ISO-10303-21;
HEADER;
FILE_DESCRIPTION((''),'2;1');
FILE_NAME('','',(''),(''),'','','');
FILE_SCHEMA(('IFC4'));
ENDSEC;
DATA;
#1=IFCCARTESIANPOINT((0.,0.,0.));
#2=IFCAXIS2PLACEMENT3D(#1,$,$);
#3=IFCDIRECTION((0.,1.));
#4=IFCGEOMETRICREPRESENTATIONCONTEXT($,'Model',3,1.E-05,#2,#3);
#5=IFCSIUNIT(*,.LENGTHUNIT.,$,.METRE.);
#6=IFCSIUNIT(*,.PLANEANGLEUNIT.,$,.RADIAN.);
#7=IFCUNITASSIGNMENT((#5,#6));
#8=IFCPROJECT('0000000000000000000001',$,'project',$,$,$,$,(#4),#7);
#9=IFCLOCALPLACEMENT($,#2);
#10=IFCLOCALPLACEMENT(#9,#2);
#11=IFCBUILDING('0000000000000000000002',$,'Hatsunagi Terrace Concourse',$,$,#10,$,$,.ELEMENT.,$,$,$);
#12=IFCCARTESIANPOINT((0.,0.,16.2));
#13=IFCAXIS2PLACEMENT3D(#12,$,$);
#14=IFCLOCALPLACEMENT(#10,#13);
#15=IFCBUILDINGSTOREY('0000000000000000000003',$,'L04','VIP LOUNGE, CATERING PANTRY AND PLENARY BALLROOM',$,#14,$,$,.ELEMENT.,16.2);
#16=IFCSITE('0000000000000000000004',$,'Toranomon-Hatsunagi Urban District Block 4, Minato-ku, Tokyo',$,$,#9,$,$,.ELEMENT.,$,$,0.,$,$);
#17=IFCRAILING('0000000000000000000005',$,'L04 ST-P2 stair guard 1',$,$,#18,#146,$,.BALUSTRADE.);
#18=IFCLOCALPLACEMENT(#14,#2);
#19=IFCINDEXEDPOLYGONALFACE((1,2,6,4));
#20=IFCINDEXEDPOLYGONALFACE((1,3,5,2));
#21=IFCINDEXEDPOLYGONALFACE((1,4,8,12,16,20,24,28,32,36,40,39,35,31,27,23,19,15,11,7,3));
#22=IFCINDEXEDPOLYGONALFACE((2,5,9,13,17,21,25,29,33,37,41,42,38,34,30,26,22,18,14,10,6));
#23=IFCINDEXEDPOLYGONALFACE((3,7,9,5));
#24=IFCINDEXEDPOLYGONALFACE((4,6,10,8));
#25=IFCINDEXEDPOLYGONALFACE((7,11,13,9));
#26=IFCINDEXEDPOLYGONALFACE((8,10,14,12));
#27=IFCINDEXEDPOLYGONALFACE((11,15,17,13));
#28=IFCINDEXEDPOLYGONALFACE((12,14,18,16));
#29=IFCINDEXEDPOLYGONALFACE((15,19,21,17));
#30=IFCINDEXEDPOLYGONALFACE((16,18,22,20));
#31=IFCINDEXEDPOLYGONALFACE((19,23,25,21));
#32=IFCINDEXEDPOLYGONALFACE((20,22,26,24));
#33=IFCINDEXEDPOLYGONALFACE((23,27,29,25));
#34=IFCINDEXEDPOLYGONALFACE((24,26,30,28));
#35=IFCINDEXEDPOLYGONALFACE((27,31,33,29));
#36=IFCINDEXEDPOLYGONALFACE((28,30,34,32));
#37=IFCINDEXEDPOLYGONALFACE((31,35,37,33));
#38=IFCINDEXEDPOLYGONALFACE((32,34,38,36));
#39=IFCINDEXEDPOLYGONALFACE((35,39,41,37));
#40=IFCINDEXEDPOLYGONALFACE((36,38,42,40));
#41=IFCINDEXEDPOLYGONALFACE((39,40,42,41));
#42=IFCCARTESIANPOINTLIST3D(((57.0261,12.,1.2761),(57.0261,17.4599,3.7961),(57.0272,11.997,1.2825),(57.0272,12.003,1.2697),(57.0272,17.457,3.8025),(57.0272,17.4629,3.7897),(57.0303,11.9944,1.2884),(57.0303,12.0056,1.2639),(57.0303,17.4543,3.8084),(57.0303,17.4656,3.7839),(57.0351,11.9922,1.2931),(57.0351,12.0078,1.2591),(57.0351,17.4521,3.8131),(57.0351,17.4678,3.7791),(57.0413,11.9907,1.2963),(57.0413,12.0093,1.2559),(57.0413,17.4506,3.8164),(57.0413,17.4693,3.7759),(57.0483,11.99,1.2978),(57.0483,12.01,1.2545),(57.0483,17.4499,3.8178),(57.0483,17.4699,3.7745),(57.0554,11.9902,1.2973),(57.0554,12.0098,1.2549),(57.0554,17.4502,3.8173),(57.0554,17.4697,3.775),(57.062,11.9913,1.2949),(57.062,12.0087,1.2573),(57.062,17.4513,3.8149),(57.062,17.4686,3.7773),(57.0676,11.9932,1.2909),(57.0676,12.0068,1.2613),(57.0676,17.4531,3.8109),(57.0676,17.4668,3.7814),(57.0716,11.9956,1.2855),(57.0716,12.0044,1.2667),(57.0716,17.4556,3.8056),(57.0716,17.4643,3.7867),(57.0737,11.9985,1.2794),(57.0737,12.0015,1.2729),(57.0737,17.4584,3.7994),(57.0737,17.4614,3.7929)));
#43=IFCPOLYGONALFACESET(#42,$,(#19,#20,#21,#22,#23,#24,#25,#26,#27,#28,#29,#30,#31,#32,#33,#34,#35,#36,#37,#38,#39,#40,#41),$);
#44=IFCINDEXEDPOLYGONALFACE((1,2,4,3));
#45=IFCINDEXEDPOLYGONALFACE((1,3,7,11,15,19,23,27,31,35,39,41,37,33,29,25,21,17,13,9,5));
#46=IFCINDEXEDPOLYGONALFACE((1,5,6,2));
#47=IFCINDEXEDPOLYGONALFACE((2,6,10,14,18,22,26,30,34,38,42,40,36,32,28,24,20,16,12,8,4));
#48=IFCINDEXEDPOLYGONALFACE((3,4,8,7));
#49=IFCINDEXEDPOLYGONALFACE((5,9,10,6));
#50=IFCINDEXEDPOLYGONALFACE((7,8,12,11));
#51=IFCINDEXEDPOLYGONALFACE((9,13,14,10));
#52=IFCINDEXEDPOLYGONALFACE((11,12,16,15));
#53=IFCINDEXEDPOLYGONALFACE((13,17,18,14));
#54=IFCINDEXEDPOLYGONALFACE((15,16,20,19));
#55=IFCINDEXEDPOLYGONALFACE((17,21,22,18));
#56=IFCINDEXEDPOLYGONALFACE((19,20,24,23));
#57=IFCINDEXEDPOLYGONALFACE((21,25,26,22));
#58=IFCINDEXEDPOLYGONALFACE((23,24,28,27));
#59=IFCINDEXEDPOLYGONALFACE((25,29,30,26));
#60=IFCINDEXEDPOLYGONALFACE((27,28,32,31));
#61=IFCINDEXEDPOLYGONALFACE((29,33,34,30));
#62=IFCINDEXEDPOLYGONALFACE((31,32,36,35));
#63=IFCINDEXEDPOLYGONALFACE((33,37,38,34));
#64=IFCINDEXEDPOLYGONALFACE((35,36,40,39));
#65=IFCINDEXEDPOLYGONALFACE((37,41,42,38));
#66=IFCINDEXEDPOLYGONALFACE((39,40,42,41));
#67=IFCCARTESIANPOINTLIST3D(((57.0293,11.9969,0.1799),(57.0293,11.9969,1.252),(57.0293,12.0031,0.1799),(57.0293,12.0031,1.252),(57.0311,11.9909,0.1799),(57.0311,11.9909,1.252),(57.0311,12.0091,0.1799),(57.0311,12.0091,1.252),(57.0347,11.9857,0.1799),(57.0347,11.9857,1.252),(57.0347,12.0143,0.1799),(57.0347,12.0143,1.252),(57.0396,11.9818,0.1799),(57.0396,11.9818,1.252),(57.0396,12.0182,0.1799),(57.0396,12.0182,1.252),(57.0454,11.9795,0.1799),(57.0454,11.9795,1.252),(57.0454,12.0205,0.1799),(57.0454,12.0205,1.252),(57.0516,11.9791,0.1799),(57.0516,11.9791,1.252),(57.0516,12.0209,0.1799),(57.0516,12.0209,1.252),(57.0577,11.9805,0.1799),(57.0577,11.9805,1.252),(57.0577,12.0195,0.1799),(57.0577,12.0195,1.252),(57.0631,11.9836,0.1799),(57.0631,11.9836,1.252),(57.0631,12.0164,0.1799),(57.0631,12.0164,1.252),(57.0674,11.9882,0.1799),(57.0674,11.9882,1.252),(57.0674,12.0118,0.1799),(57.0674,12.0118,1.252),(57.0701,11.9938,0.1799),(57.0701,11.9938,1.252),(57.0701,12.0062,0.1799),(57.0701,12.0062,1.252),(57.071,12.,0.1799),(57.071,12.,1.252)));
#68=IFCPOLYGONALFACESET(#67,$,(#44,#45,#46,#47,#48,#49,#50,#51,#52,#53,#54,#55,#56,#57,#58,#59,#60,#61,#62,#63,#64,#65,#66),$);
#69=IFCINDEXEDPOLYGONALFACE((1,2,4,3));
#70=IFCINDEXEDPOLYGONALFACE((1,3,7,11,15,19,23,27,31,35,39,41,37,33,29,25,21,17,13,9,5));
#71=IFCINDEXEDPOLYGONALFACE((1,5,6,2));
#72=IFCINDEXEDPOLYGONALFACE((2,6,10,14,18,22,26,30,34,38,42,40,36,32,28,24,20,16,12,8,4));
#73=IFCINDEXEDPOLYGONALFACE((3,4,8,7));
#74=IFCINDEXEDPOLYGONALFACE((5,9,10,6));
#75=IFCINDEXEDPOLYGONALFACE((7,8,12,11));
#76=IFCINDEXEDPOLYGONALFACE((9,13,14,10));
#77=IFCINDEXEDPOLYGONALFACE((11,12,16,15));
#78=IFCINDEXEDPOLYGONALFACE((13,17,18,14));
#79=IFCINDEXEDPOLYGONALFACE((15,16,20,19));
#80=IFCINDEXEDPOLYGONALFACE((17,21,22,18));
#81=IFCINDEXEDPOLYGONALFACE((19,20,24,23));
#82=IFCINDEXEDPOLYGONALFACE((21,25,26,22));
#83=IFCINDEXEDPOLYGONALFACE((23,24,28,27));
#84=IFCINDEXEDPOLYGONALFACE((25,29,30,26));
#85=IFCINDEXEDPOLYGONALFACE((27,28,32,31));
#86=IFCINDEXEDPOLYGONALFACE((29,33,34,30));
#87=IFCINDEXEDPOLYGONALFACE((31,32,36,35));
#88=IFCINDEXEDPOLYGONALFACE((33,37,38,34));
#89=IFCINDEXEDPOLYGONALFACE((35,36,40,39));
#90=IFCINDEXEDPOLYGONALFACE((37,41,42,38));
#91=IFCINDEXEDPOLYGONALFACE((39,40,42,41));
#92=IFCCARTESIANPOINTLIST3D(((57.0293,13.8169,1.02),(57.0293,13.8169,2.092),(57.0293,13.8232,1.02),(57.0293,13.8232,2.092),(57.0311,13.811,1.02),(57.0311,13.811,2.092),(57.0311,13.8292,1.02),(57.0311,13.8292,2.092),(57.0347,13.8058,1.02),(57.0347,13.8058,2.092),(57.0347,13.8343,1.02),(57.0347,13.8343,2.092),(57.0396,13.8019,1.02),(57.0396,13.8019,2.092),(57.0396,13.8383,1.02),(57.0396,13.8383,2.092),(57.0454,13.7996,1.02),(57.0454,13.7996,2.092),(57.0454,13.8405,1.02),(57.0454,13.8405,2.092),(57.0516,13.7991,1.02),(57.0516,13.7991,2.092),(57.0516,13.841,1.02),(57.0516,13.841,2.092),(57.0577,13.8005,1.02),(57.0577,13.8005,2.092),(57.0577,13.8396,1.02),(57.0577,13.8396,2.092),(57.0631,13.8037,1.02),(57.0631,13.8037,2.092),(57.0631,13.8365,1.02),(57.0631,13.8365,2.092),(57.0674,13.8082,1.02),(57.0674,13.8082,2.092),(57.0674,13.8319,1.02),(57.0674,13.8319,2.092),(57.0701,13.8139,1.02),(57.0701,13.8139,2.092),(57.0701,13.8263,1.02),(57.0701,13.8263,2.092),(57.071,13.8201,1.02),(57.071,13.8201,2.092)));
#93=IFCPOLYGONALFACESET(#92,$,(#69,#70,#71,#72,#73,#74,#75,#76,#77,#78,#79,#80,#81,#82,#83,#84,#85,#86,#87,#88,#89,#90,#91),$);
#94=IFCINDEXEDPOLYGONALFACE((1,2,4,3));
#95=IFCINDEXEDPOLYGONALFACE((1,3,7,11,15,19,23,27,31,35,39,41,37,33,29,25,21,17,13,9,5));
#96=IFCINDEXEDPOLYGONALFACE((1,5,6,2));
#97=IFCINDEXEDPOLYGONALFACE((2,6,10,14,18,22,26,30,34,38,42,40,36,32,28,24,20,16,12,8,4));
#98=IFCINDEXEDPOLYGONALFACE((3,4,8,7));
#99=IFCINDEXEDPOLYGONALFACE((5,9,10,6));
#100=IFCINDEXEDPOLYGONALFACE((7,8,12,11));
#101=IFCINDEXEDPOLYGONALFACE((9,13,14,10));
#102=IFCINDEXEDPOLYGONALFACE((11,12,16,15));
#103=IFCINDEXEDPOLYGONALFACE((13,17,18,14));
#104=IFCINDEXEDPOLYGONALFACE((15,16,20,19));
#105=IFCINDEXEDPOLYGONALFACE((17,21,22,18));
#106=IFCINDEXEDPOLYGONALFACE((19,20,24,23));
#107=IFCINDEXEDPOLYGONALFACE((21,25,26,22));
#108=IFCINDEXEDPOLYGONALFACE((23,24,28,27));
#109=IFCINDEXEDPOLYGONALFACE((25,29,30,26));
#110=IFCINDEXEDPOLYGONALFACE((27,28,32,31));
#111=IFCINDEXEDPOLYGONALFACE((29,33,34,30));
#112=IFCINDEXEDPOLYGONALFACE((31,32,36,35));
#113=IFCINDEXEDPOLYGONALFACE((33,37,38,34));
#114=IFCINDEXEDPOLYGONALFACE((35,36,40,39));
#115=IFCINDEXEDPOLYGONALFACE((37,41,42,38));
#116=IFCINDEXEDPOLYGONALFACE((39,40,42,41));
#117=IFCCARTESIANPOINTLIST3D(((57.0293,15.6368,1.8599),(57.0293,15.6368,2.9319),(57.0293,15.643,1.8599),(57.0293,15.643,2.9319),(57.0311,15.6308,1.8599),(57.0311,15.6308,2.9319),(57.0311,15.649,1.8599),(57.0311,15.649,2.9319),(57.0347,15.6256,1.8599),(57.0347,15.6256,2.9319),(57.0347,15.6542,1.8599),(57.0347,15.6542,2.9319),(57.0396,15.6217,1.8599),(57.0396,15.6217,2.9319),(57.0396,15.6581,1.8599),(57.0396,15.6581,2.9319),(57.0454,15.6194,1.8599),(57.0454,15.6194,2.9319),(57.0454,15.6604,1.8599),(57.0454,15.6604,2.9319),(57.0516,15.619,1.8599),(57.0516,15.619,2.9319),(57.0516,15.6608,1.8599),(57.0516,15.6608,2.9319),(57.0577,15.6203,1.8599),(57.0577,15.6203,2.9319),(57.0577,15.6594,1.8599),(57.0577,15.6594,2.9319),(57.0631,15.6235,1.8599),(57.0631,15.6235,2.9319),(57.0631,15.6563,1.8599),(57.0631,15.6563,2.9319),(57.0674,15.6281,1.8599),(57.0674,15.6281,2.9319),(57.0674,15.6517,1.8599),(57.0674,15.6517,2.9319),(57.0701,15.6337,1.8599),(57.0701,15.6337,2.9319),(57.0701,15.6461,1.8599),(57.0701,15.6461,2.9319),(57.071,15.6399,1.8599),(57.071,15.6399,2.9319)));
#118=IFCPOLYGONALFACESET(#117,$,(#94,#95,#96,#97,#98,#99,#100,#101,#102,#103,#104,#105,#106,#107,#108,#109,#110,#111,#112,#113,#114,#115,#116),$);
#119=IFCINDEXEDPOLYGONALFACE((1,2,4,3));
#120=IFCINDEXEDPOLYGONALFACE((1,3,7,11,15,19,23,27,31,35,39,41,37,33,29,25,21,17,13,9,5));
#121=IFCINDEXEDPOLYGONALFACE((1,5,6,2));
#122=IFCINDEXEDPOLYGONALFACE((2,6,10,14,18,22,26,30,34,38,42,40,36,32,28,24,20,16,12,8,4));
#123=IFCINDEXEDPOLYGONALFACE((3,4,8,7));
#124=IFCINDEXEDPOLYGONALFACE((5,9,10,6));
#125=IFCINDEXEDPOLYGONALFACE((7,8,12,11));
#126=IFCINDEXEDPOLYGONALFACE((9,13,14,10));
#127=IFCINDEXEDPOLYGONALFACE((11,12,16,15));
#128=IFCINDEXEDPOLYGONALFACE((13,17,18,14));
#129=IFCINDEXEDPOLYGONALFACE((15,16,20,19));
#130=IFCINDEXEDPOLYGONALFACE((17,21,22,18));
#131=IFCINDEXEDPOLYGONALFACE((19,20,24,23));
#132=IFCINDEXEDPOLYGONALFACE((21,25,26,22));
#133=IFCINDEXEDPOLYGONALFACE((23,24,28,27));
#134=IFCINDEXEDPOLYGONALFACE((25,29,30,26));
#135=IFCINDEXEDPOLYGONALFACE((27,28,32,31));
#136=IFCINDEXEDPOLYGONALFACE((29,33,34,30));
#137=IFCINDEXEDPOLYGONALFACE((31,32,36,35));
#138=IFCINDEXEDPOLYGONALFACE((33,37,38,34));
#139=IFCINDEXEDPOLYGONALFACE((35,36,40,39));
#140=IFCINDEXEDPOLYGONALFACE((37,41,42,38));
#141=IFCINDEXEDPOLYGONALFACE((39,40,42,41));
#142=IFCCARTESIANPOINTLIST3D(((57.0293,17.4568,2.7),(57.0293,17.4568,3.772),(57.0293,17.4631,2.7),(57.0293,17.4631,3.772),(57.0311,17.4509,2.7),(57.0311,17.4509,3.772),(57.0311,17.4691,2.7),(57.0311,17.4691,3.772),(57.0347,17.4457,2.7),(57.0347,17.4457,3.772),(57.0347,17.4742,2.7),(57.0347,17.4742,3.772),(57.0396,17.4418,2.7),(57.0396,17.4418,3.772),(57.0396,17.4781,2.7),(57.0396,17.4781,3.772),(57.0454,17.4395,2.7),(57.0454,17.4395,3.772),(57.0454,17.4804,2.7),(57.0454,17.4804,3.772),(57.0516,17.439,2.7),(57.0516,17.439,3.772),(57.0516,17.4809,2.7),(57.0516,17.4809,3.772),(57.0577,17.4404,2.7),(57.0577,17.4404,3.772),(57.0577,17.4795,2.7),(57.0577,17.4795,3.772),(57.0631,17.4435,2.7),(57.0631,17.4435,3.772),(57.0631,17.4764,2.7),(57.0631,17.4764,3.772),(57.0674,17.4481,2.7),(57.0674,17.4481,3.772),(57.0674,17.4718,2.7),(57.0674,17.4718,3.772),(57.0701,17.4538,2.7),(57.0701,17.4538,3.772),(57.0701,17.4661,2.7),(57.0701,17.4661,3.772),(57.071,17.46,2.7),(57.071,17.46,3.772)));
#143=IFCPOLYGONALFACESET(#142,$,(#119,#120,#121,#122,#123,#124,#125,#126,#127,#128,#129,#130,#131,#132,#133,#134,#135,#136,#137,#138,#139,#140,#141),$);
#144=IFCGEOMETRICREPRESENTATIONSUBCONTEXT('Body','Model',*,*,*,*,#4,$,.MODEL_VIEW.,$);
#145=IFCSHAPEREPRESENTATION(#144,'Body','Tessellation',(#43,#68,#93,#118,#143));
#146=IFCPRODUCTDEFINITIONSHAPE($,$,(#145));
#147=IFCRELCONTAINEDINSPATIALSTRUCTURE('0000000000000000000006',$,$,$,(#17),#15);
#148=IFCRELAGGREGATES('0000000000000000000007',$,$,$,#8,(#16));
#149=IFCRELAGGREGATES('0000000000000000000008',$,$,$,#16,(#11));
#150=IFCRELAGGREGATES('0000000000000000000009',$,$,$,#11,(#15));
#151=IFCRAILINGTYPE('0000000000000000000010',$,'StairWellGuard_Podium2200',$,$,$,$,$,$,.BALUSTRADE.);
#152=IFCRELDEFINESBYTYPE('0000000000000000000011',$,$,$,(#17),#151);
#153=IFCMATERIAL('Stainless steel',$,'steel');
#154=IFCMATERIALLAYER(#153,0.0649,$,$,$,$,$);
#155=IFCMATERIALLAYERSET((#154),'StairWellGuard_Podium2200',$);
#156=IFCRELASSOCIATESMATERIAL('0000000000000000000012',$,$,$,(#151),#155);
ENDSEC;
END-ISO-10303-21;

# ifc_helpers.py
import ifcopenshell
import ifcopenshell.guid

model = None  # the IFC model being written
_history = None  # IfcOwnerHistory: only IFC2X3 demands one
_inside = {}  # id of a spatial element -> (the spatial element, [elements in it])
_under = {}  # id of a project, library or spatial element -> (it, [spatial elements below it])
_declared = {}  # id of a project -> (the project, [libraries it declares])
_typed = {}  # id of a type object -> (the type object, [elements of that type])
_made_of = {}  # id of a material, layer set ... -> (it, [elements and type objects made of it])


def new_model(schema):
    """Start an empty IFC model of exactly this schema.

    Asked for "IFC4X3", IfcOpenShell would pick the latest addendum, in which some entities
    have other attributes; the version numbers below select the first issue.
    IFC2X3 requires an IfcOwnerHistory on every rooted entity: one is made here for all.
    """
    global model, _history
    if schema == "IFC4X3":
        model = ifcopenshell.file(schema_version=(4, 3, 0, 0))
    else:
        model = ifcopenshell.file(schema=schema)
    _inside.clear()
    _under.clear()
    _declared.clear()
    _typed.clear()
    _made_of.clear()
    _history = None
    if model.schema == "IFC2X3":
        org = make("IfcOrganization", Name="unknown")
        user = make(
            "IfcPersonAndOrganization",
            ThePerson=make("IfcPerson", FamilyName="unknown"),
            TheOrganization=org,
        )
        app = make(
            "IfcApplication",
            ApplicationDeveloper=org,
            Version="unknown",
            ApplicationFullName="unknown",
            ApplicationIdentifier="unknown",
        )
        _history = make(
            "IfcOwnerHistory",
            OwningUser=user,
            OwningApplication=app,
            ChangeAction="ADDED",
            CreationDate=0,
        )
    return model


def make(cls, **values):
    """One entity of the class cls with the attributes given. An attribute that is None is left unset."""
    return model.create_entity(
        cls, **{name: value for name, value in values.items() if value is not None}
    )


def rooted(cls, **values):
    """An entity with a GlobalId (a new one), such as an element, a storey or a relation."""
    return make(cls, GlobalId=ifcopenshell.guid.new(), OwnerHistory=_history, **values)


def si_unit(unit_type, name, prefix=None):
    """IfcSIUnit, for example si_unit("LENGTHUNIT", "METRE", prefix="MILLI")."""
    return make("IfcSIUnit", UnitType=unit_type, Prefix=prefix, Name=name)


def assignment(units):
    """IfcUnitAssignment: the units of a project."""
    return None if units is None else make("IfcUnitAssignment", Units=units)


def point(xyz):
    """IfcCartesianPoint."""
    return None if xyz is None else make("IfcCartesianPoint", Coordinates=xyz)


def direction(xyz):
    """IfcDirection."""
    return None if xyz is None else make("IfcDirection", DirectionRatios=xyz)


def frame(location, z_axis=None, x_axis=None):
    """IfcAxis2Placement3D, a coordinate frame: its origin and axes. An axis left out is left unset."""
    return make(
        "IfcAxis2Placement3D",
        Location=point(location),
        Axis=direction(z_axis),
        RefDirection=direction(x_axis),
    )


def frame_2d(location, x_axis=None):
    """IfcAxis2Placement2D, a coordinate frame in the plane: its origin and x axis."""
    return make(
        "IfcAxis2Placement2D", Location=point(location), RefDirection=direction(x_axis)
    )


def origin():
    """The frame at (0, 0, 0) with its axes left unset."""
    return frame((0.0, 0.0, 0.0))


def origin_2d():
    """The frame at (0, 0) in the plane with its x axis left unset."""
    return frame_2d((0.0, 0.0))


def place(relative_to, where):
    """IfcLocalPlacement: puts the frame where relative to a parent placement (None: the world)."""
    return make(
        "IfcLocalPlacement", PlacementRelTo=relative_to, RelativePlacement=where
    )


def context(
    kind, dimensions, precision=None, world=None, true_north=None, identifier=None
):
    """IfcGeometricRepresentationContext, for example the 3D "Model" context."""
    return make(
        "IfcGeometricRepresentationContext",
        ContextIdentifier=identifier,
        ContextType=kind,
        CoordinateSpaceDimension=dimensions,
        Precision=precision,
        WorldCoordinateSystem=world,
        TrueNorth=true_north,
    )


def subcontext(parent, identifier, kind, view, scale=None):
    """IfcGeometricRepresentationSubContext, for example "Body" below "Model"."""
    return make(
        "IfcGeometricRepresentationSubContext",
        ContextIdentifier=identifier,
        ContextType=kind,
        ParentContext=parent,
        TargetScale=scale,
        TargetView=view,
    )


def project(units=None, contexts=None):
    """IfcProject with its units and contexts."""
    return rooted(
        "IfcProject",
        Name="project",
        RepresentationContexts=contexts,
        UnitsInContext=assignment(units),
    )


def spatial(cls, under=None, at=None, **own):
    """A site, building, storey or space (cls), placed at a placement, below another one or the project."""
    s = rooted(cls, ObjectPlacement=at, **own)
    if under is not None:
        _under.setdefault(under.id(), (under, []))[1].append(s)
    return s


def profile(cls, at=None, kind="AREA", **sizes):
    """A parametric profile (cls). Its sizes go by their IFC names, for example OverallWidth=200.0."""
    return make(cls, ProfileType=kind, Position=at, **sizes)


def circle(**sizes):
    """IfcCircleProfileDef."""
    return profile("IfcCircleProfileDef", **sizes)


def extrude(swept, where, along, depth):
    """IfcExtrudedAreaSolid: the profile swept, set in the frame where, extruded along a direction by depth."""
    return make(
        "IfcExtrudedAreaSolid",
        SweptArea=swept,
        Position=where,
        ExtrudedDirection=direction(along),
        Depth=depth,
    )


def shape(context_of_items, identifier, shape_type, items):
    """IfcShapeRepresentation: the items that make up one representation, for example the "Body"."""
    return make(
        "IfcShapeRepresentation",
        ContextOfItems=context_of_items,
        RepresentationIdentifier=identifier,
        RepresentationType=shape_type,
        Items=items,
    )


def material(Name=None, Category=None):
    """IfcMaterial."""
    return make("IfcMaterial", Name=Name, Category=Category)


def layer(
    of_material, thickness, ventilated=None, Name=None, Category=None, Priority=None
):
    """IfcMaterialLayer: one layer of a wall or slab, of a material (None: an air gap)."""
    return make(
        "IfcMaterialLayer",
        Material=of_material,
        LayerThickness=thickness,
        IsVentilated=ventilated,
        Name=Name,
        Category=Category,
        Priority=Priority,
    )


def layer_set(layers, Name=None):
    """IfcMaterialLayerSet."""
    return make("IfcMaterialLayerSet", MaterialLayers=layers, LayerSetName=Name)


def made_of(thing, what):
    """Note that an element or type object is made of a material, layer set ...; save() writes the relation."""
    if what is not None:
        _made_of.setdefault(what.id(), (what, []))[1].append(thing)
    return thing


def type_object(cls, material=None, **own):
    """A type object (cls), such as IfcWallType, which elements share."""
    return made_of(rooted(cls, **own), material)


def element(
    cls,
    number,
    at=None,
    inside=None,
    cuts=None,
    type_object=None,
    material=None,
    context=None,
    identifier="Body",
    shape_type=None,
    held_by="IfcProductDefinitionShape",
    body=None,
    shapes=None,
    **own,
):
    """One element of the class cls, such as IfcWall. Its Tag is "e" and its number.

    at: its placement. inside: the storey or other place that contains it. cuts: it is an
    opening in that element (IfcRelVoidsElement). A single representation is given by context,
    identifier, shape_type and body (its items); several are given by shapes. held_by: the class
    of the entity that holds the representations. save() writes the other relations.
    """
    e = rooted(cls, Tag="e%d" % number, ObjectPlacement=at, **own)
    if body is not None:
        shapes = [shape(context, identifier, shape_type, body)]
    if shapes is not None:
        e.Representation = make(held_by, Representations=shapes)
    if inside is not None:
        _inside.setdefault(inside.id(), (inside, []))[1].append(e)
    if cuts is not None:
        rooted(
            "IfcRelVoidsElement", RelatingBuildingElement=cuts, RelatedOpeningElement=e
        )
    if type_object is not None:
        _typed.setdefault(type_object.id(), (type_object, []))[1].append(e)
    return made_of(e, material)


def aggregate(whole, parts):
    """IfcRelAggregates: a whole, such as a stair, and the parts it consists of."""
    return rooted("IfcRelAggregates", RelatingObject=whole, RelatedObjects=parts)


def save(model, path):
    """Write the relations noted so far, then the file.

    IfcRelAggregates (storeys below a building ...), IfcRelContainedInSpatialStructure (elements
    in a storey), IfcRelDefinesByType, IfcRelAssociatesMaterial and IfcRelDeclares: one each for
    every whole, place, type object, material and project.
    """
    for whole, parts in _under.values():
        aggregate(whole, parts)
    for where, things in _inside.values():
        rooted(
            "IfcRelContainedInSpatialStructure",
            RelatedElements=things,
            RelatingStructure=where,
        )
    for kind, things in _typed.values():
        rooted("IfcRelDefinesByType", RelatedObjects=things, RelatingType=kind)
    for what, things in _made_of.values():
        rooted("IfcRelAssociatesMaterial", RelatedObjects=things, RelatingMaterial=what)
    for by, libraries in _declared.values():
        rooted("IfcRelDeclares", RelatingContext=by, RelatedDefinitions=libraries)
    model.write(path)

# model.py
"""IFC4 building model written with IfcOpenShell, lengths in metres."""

from ifc_helpers import new_model, si_unit, direction, frame, origin, origin_2d, place, context, subcontext, project, spatial, circle, extrude, material, layer, layer_set, type_object, element, save


model = new_model("IFC4")

# Units and contexts
model_context = context("Model", 3, precision=1e-05, world=origin(), true_north=direction((0.0, 1.0)))
body_context = subcontext(model_context, "Body", "Model", "MODEL_VIEW")
ifc_project = project(units=[si_unit("LENGTHUNIT", "METRE"), si_unit("PLANEANGLEUNIT", "RADIAN")], contexts=[model_context])

# Site, building, storey
site_placement = place(None, origin())
site = spatial("IfcSite", under=ifc_project, at=site_placement, Name="Toranomon-Hatsunagi Urban District Block 4, Minato-ku, Tokyo", CompositionType="ELEMENT", RefElevation=0.0)
building_placement = place(site_placement, origin())
building = spatial("IfcBuilding", under=site, at=building_placement, Name="Hatsunagi Terrace Concourse", CompositionType="ELEMENT")
storey_placement = place(building_placement, frame((0.0, 0.0, 16.2)))
storey = spatial("IfcBuildingStorey", under=building, at=storey_placement, Name="L04", Description="VIP LOUNGE, CATERING PANTRY AND PLENARY BALLROOM", CompositionType="ELEMENT", Elevation=16.2)

# Railing
ifc_material_1 = material(Name="Stainless steel", Category="steel")
ifc_layer_1 = layer(ifc_material_1, 0.0649)
ifc_layer_set_1 = layer_set([ifc_layer_1], Name="StairWellGuard_Podium2200")
railing_type_1 = type_object("IfcRailingType", Name="StairWellGuard_Podium2200", PredefinedType="BALUSTRADE", material=ifc_layer_set_1)
railing_1_placement = place(storey_placement, frame((57.05, 12.0, 0.1799)))
element("IfcRailing", 1, at=railing_1_placement, inside=storey, type_object=railing_type_1, Name="L04 ST-P2 stair guard 1", PredefinedType="BALUSTRADE", context=body_context, shape_type="SweptSolid", body=[
    extrude(circle(Radius=0.0239, at=origin_2d()), frame((0.0, 0.0, 1.0962), z_axis=(0.0, 0.907957, 0.419063), x_axis=(-1.0, 0.0, 0.0)), (0.0, 0.0, 1.0), 6.0134),
    extrude(circle(Radius=0.021, at=origin_2d()), origin(), (0.0, 0.0, 1.0), 1.072),
    extrude(circle(Radius=0.021, at=origin_2d()), frame((0.0, 1.8201, 0.8401)), (0.0, 0.0, 1.0), 1.072),
    extrude(circle(Radius=0.021, at=origin_2d()), frame((0.0, 3.6399, 1.6799)), (0.0, 0.0, 1.0), 1.072),
    extrude(circle(Radius=0.021, at=origin_2d()), frame((0.0, 5.46, 2.52)), (0.0, 0.0, 1.0), 1.072),
])

save(model, "model.ifc")
